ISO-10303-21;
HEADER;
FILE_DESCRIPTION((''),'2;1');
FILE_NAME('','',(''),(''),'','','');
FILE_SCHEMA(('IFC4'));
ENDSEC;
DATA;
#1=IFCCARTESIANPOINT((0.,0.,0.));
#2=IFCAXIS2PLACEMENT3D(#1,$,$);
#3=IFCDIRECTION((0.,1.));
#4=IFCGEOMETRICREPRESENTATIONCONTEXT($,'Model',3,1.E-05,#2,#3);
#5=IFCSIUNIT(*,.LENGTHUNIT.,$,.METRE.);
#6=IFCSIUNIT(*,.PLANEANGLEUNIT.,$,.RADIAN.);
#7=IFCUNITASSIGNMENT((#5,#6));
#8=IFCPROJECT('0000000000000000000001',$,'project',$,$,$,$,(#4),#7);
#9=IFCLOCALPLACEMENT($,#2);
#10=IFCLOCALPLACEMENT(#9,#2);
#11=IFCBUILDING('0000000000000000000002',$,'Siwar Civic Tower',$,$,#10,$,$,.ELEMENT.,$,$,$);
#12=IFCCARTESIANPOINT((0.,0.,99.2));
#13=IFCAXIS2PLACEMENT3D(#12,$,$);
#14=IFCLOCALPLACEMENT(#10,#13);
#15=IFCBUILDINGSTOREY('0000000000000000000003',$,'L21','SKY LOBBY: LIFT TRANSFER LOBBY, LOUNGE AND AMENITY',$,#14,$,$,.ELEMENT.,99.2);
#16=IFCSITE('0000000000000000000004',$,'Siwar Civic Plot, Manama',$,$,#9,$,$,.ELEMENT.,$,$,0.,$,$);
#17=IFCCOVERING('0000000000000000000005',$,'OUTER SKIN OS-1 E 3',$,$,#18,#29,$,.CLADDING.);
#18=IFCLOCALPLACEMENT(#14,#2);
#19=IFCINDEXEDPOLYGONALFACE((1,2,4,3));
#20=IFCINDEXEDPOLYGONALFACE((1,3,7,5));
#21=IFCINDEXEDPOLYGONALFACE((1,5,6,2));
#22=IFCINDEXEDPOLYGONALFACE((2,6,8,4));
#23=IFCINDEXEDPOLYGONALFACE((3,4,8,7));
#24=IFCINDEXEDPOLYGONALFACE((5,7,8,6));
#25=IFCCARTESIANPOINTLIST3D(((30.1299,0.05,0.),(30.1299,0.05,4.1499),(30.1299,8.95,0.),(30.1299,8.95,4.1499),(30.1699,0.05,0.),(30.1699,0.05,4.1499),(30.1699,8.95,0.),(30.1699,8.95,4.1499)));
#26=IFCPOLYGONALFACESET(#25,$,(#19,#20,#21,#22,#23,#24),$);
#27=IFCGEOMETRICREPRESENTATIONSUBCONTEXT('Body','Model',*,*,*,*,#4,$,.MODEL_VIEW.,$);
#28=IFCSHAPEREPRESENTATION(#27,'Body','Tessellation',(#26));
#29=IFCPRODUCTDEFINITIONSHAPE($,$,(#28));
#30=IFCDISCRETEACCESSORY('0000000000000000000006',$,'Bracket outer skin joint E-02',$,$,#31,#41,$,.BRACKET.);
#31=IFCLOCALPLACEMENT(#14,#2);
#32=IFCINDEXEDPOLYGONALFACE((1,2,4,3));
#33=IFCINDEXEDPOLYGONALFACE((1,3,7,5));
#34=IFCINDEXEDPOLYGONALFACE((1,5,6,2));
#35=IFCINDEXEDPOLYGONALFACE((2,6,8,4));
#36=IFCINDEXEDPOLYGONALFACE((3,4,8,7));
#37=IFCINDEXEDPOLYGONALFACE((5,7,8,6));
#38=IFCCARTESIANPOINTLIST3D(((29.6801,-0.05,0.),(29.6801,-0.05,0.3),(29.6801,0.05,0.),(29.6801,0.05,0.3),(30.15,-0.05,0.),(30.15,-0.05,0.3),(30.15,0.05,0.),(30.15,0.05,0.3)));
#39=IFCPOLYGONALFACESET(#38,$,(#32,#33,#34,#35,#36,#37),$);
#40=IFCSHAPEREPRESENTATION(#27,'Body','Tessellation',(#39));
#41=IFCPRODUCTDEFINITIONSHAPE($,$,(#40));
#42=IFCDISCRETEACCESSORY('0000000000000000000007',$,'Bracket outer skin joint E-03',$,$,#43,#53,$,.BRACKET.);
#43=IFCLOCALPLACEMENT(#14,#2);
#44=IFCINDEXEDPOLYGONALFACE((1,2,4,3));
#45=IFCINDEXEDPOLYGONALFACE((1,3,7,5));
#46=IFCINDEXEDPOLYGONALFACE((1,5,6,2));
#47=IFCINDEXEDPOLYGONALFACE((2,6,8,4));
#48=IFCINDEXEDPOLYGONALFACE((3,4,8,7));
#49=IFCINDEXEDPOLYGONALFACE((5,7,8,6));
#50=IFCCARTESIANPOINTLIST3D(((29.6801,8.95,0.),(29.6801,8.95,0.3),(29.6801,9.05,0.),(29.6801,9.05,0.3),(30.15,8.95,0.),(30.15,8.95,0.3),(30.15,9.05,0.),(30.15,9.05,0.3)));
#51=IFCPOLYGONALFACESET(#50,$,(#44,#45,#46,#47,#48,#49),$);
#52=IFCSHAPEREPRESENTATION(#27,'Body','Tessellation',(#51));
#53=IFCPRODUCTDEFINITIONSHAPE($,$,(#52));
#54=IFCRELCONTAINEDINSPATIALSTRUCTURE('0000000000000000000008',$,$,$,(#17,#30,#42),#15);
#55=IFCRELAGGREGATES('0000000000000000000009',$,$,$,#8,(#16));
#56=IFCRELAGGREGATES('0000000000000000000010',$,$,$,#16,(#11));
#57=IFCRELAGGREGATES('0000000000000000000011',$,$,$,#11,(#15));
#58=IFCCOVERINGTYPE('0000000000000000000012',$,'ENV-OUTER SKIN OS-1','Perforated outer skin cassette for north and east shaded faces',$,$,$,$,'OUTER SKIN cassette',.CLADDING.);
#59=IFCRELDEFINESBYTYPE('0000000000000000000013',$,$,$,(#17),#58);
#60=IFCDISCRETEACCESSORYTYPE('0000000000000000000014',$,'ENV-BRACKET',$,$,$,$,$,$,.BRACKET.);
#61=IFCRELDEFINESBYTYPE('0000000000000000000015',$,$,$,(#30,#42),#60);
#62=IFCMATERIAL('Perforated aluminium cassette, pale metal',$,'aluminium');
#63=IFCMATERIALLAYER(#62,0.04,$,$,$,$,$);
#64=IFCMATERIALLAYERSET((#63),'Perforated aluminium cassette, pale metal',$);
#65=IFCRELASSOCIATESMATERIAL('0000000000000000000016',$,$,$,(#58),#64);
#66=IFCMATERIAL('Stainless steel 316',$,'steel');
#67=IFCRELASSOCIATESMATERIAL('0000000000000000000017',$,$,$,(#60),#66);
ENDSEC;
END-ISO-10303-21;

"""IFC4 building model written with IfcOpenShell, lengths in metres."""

from ifc_helpers import new_model, si_unit, direction, frame, origin, origin_2d, place, context, subcontext, project, spatial, rectangle, extrude, material, layer, layer_set, type_object, element, save


model = new_model("IFC4")

# Units and contexts
model_context = context("Model", 3, precision=1e-05, world=origin(), true_north=direction((0.0, 1.0)))
body_context = subcontext(model_context, "Body", "Model", "MODEL_VIEW")
ifc_project = project(units=[si_unit("LENGTHUNIT", "METRE"), si_unit("PLANEANGLEUNIT", "RADIAN")], contexts=[model_context])

# Site, building, storey
site_placement = place(None, origin())
site = spatial("IfcSite", under=ifc_project, at=site_placement, Name="Siwar Civic Plot, Manama", CompositionType="ELEMENT", RefElevation=0.0)
building_placement = place(site_placement, origin())
building = spatial("IfcBuilding", under=site, at=building_placement, Name="Siwar Civic Tower", CompositionType="ELEMENT")
storey_placement = place(building_placement, frame((0.0, 0.0, 99.2)))
storey = spatial("IfcBuildingStorey", under=building, at=storey_placement, Name="L21", Description="SKY LOBBY: LIFT TRANSFER LOBBY, LOUNGE AND AMENITY", CompositionType="ELEMENT", Elevation=99.2)

# Covering
ifc_material_1 = material(Name="Perforated aluminium cassette, pale metal", Category="aluminium")
ifc_layer_1 = layer(ifc_material_1, 0.04)
ifc_layer_set_1 = layer_set([ifc_layer_1], Name="Perforated aluminium cassette, pale metal")
covering_type = type_object("IfcCoveringType", Name="ENV-OUTER SKIN OS-1", Description="Perforated outer skin cassette for north and east shaded faces", ElementType="OUTER SKIN cassette", PredefinedType="CLADDING", material=ifc_layer_set_1)
covering_placement = place(storey_placement, frame((30.1499, 4.5, 0.0), z_axis=(0.0, 0.0, 1.0), x_axis=(0.0, 1.0, 0.0)))
element("IfcCovering", 1, at=covering_placement, inside=storey, type_object=covering_type, Name="OUTER SKIN OS-1 E 3", PredefinedType="CLADDING", context=body_context, shape_type="SweptSolid", body=[
    extrude(rectangle(XDim=8.8999, YDim=0.04, at=origin_2d()), origin(), (0.0, 0.0, 1.0), 4.1499),
])

# Discrete accessories
ifc_material_2 = material(Name="Stainless steel 316", Category="steel")
discrete_accessory_type = type_object("IfcDiscreteAccessoryType", Name="ENV-BRACKET", PredefinedType="BRACKET", material=ifc_material_2)
for number, where, z_axis, x_axis, name in (
    (2, (29.915, 0.0, 0.0), (0.0, 0.0, 1.0), (1.0, 0.0, 0.0), "Bracket outer skin joint E-02"),
    (3, (29.915, 9.0, 0.0), (0.0, 0.0, 1.0), (1.0, 0.0, 0.0), "Bracket outer skin joint E-03"),
):
    element("IfcDiscreteAccessory", number, at=place(storey_placement, frame(where, z_axis=z_axis, x_axis=x_axis)), inside=storey, type_object=discrete_accessory_type, Name=name, PredefinedType="BRACKET", context=body_context, shape_type="SweptSolid", body=[
        extrude(rectangle(XDim=0.47, YDim=0.1001, at=origin_2d()), origin(), (0.0, 0.0, 1.0), 0.3),
    ])

save(model, "model.ifc")
